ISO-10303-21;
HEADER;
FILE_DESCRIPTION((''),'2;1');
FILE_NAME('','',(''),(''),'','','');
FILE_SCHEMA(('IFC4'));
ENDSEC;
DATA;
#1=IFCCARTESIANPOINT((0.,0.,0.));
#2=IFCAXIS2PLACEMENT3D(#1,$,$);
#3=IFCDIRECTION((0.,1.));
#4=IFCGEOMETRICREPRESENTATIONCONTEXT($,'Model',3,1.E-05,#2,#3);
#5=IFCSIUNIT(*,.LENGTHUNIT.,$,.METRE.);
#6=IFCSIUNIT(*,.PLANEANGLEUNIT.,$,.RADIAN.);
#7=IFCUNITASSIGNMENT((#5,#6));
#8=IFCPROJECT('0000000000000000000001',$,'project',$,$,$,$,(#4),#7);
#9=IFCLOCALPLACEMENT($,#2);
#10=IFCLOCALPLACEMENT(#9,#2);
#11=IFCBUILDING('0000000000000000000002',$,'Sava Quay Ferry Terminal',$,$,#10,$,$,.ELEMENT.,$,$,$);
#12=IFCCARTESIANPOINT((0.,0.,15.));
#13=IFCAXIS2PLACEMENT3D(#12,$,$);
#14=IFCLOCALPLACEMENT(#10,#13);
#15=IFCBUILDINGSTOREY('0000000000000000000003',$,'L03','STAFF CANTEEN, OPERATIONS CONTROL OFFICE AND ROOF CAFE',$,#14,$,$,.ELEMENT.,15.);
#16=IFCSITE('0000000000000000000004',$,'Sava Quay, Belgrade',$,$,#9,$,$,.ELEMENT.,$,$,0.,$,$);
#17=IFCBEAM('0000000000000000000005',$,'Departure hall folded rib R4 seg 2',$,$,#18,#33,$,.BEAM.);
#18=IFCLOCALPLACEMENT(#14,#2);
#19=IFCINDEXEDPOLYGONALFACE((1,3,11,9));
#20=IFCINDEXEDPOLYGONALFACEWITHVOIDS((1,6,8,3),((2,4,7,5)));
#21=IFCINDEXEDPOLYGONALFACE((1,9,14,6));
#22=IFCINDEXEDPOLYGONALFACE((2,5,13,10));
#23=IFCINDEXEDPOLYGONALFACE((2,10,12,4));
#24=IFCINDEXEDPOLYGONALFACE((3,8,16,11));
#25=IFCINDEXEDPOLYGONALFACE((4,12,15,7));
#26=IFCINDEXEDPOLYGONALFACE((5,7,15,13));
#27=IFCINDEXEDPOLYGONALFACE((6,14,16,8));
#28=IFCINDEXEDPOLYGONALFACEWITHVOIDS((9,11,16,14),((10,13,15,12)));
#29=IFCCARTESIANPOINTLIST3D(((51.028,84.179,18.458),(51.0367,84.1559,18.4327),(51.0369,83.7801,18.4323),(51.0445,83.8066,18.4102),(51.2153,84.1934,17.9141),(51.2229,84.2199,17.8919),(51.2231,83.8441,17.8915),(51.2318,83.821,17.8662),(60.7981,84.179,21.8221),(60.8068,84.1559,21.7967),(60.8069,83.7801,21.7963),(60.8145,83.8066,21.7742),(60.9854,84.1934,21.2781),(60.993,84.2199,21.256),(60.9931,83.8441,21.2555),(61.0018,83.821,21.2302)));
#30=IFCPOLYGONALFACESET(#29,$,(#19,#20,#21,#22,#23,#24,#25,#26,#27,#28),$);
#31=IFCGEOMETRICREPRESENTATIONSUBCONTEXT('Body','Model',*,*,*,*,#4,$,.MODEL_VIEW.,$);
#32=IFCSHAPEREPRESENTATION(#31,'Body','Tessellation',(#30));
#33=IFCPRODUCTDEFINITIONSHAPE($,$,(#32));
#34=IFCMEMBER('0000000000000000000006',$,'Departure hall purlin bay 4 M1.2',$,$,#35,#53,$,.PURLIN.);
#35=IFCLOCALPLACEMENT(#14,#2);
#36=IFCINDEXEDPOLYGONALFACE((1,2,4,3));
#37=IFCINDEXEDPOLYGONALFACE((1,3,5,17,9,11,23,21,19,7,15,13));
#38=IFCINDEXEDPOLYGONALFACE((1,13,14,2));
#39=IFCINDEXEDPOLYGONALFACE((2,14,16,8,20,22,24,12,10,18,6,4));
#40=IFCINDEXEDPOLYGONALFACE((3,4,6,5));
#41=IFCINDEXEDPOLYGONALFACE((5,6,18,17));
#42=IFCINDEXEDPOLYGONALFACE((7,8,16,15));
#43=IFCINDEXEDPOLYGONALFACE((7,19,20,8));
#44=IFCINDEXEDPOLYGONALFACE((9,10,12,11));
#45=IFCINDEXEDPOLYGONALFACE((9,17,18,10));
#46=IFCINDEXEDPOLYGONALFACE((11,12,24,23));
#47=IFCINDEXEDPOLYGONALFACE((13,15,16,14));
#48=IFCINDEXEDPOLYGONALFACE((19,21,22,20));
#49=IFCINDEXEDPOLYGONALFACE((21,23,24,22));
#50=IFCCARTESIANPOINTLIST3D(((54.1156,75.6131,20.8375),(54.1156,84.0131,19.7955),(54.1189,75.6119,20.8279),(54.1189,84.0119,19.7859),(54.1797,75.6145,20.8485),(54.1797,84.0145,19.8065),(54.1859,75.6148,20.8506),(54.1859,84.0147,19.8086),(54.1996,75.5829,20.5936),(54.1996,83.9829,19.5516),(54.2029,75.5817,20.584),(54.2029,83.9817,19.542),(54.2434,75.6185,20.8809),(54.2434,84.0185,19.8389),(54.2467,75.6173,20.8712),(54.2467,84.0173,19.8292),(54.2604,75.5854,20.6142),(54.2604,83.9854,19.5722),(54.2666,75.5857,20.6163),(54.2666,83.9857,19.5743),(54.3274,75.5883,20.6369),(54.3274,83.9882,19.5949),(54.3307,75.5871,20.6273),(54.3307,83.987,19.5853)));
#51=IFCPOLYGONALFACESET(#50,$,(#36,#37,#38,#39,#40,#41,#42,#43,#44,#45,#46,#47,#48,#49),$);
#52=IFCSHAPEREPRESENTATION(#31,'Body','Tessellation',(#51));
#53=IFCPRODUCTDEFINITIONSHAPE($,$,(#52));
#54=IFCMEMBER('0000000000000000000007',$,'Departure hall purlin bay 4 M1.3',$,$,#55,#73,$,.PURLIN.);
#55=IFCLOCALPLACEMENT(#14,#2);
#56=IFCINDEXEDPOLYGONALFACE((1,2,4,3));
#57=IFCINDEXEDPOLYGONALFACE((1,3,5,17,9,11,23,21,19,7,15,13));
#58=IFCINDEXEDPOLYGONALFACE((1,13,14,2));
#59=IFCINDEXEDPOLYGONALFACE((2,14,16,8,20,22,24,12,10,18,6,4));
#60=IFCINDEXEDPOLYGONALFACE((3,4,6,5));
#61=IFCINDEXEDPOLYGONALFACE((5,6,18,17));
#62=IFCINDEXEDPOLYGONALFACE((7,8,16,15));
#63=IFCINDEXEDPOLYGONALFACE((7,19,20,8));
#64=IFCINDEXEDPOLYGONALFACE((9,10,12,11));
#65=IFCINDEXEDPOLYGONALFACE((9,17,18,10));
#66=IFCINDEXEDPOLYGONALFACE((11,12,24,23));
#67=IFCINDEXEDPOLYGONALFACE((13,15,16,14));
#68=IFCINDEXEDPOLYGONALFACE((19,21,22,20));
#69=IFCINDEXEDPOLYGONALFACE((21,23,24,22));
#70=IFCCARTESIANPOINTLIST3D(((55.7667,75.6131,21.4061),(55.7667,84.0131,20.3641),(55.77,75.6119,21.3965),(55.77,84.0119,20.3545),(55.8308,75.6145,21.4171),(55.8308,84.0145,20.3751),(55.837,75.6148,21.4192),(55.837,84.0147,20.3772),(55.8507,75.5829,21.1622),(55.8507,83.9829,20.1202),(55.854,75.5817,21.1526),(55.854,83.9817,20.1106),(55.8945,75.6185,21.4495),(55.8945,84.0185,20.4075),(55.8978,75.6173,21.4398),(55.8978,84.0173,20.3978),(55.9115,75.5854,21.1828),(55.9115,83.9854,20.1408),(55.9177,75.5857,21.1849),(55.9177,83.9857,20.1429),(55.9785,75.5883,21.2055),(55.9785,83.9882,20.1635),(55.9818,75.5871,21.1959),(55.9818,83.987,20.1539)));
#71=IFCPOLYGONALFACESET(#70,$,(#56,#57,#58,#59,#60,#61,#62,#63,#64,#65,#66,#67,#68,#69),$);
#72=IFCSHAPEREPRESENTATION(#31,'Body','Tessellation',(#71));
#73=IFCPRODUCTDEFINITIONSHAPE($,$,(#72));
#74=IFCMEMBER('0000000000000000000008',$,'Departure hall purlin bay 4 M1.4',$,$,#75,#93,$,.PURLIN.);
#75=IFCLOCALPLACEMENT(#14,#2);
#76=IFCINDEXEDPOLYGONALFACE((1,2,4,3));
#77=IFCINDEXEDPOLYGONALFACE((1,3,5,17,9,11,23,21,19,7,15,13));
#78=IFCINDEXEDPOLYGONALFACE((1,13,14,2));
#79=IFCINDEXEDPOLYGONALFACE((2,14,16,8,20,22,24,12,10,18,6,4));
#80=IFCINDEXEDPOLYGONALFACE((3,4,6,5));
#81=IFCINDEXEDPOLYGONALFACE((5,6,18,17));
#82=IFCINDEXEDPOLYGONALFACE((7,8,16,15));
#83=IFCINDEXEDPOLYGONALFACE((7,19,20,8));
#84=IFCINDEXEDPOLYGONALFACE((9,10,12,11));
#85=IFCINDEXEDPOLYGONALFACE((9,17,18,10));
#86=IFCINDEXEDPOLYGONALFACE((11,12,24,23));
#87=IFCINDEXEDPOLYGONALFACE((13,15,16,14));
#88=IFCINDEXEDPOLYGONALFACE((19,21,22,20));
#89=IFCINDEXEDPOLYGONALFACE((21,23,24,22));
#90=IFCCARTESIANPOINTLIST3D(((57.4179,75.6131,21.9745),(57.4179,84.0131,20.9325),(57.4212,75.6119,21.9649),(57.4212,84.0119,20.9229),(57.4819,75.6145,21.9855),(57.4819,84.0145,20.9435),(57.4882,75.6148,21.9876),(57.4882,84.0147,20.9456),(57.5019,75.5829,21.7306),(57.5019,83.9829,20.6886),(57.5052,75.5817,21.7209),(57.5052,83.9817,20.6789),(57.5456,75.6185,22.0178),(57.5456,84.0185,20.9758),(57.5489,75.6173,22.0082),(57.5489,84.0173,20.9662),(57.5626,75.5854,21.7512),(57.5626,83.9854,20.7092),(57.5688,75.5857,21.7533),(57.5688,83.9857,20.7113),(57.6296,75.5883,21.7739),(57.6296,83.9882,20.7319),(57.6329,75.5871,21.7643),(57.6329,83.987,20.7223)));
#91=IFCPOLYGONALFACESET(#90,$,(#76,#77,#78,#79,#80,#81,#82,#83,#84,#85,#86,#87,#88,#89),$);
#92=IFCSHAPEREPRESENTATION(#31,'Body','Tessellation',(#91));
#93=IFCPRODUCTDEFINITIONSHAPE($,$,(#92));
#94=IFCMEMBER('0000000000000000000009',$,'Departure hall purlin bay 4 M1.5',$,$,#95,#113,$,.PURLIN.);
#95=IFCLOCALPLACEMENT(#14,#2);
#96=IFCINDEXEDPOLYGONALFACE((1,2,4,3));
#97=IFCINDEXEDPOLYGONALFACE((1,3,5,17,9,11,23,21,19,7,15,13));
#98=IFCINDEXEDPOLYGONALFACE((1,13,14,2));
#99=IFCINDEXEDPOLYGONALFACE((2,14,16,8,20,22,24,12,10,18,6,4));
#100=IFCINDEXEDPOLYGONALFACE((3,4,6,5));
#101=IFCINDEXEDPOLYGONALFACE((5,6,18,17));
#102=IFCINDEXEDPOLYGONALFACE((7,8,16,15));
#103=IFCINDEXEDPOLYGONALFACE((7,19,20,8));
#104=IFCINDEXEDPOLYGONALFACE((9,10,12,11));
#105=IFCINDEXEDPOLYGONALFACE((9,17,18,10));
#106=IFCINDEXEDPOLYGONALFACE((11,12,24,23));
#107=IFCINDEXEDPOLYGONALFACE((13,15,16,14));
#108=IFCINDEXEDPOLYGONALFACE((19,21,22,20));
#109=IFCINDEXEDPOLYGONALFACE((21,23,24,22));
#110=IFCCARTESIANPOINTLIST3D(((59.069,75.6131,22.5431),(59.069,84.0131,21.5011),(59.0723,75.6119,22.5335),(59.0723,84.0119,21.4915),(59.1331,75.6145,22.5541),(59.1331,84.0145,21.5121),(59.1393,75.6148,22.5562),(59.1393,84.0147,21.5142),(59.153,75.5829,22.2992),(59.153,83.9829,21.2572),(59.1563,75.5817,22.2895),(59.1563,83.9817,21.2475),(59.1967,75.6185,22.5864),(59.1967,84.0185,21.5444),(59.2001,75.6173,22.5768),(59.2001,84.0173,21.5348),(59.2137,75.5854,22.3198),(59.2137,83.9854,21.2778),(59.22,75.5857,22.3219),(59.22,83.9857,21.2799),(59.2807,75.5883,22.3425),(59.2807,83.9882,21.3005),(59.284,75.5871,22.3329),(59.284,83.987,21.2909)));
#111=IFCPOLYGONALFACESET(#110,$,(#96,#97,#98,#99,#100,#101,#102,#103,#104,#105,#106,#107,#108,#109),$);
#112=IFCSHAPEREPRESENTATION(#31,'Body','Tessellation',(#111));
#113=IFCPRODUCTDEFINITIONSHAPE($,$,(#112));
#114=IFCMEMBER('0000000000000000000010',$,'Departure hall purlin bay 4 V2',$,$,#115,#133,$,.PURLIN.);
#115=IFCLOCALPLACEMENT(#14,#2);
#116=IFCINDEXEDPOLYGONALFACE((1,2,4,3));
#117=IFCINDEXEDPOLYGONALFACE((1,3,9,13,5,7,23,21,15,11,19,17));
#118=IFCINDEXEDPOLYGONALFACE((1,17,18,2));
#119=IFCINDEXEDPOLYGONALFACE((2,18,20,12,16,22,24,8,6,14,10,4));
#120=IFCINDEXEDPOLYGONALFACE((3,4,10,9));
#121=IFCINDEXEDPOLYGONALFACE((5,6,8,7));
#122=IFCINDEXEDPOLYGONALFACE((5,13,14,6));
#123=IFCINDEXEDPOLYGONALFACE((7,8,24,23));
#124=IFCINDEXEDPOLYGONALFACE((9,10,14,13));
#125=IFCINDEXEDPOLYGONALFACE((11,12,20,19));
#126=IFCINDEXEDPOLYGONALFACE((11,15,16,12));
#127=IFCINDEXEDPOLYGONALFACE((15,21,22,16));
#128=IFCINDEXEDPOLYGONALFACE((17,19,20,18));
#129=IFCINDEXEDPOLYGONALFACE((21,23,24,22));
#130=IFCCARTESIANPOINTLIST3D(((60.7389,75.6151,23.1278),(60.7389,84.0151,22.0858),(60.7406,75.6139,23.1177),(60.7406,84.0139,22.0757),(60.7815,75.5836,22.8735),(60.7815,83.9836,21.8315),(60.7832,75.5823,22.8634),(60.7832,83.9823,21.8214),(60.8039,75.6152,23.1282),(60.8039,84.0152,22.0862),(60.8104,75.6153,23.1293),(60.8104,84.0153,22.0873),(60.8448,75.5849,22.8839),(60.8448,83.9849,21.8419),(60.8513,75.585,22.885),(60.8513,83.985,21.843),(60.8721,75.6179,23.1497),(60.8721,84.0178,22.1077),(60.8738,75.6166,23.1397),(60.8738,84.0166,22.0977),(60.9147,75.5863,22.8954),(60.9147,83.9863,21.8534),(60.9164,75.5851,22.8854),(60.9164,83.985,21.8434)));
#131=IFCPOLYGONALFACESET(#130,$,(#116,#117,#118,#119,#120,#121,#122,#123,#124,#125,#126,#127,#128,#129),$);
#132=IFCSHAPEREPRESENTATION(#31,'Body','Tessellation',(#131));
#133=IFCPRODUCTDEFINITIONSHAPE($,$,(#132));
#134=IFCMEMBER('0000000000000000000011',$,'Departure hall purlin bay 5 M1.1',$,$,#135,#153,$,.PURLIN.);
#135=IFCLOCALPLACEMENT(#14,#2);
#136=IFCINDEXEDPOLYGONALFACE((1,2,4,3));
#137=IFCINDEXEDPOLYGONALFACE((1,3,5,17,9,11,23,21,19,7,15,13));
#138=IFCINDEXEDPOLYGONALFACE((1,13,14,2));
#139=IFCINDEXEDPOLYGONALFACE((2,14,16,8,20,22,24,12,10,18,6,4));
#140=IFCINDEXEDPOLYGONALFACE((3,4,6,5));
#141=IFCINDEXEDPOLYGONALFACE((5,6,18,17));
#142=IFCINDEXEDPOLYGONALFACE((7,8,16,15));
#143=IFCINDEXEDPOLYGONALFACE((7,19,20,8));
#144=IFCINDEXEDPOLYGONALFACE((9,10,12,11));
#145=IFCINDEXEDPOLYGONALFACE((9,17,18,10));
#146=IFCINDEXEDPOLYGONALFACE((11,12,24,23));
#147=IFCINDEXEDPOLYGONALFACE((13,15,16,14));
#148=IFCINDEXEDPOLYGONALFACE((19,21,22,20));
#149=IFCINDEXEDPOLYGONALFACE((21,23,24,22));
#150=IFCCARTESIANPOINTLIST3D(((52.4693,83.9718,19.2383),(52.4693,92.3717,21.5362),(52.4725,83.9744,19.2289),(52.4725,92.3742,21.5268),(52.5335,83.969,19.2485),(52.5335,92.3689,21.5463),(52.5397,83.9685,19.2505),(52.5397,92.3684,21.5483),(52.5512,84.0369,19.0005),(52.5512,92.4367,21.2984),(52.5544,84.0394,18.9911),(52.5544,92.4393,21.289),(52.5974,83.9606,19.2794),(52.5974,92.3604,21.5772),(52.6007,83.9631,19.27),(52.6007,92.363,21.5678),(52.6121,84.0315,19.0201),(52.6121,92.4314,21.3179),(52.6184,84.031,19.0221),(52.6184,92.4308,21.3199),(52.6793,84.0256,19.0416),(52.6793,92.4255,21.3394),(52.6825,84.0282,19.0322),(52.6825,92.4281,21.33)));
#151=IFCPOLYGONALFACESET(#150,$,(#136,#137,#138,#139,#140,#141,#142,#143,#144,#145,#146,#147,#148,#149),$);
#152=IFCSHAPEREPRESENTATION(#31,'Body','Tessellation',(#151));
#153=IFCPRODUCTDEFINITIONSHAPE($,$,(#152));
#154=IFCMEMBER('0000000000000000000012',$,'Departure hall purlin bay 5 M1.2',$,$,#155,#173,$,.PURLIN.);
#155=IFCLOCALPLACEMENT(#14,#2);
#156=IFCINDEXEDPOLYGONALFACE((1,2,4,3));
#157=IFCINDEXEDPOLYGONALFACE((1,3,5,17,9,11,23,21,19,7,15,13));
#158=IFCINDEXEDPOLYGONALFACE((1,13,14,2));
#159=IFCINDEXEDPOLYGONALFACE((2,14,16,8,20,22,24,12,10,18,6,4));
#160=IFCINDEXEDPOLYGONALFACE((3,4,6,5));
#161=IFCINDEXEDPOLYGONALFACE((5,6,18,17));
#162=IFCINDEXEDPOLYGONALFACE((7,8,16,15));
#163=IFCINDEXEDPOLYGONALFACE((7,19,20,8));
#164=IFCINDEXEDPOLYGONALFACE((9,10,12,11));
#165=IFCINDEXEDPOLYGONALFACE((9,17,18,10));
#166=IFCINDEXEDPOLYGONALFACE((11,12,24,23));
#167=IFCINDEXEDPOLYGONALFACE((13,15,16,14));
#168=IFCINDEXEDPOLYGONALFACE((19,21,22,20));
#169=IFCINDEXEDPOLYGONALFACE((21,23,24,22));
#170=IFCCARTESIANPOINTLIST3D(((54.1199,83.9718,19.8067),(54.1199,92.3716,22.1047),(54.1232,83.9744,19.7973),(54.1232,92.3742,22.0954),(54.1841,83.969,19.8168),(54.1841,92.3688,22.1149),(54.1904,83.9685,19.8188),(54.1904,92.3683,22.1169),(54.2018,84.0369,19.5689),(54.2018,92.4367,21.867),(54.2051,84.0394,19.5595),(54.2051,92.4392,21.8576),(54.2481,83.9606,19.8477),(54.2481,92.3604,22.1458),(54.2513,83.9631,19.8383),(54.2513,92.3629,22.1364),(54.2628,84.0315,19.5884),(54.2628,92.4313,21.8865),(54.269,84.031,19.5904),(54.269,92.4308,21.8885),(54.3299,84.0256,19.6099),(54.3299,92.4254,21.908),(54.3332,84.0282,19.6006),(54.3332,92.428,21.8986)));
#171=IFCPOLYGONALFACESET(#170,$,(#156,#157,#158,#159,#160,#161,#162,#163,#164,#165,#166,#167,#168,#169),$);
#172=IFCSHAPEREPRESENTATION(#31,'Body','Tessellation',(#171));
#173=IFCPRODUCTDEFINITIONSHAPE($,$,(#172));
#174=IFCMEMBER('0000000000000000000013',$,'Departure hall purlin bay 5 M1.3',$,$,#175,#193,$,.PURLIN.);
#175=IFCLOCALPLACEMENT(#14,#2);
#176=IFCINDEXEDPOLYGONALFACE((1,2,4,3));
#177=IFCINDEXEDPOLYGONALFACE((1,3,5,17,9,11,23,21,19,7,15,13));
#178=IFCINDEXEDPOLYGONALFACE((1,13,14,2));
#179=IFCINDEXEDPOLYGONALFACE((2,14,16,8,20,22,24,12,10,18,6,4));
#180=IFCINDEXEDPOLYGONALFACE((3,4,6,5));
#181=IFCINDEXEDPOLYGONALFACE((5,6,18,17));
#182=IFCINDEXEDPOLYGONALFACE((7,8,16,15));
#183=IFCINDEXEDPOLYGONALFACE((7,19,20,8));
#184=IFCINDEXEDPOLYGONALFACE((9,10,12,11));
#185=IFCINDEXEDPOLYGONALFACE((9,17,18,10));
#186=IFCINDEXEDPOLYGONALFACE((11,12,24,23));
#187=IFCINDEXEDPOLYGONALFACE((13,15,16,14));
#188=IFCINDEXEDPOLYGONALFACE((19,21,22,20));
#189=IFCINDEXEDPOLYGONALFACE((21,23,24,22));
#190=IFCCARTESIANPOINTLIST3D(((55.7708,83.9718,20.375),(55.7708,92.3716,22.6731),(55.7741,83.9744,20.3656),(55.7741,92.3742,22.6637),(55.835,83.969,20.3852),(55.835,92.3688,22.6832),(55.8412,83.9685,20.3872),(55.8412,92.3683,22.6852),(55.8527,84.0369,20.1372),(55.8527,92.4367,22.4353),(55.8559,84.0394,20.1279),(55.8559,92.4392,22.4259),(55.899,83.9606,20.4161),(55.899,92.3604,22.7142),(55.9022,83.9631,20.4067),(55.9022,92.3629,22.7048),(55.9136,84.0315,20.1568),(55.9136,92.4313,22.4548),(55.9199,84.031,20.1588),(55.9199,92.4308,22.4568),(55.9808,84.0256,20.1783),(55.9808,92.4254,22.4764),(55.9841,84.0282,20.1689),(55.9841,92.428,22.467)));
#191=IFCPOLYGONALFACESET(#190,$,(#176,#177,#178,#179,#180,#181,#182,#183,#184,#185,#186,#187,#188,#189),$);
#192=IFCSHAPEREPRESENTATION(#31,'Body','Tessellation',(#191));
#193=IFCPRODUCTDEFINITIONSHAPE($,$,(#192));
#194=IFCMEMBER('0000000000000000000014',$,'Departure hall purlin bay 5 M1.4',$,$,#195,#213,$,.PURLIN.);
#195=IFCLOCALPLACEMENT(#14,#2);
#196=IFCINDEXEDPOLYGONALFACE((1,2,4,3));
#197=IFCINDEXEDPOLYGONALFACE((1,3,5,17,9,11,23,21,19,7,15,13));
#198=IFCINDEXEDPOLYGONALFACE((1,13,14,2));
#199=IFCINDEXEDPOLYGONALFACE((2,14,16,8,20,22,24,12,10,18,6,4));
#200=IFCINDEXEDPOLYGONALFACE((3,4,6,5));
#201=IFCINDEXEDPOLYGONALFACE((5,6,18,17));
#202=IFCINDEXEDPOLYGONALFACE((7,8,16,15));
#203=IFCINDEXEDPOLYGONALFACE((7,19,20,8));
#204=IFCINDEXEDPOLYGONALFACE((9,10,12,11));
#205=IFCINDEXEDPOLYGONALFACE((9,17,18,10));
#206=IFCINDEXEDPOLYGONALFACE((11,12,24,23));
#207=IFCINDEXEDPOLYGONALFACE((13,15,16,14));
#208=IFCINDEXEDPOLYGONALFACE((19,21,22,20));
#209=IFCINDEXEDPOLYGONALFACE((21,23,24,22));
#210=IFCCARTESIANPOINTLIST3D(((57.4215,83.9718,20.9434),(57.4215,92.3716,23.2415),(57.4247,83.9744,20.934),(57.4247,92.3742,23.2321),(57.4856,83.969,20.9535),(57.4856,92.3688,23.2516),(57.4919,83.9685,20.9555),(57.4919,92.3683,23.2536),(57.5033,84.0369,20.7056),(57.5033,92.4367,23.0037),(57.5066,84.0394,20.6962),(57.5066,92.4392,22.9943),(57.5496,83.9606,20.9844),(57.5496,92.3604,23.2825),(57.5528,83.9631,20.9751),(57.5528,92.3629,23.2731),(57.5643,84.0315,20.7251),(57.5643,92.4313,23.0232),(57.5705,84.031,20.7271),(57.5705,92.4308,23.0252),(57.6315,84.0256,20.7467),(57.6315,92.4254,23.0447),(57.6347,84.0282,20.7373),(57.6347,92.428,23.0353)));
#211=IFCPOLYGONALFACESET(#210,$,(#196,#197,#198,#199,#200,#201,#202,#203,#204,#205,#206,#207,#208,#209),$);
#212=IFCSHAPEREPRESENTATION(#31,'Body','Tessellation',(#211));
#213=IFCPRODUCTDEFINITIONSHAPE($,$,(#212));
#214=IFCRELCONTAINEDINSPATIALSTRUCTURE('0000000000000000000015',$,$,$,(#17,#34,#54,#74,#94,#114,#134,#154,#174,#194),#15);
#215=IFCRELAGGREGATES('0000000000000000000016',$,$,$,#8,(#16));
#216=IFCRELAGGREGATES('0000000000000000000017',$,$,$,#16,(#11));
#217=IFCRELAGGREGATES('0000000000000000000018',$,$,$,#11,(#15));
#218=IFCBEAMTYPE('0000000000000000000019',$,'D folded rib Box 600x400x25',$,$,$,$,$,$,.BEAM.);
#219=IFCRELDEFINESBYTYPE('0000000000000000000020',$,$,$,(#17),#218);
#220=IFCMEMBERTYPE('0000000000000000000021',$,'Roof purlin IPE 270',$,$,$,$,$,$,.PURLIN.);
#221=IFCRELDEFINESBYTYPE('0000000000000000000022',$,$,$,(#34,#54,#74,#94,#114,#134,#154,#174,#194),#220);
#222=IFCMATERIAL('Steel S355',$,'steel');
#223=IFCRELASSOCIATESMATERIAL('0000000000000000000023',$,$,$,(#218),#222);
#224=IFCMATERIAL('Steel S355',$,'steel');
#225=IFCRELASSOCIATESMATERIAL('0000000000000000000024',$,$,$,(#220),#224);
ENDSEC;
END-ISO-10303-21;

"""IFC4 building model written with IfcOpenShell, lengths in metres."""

from ifc_helpers import new_model, si_unit, direction, frame, origin, origin_2d, place, context, subcontext, project, spatial, polyline, i_section, outline, extrude, material, material_profile, profile_set, type_object, element, save


model = new_model("IFC4")

# Units and contexts
model_context = context("Model", 3, precision=1e-05, world=origin(), true_north=direction((0.0, 1.0)))
body_context = subcontext(model_context, "Body", "Model", "MODEL_VIEW")
ifc_project = project(units=[si_unit("LENGTHUNIT", "METRE"), si_unit("PLANEANGLEUNIT", "RADIAN")], contexts=[model_context])

# Site, building, storey
site_placement = place(None, origin())
site = spatial("IfcSite", under=ifc_project, at=site_placement, Name="Sava Quay, Belgrade", CompositionType="ELEMENT", RefElevation=0.0)
building_placement = place(site_placement, origin())
building = spatial("IfcBuilding", under=site, at=building_placement, Name="Sava Quay Ferry Terminal", CompositionType="ELEMENT")
storey_placement = place(building_placement, frame((0.0, 0.0, 15.0)))
storey = spatial("IfcBuildingStorey", under=building, at=storey_placement, Name="L03", Description="STAFF CANTEEN, OPERATIONS CONTROL OFFICE AND ROOF CAFE", CompositionType="ELEMENT", Elevation=15.0)

# Beam
ifc_material_1 = material(Name="Steel S355", Category="steel")
ifc_material_profile_1 = material_profile(ifc_material_1, outline(polyline([(-0.2, -0.3), (0.2, -0.3), (0.2, 0.3), (-0.2, 0.3), (-0.2, -0.3)]), holes=[polyline([(-0.175, -0.2749), (-0.175, 0.2749), (0.175, 0.2749), (0.175, -0.2749), (-0.175, -0.2749)])]), Name="Box 600x400x25 built-up")
ifc_profile_set_1 = profile_set([ifc_material_profile_1], Name="Steel S355")
beam_type = type_object("IfcBeamType", Name="D folded rib Box 600x400x25", PredefinedType="BEAM", material=ifc_profile_set_1)
beam_placement = place(storey_placement, frame((51.1299, 84.0, 18.1621), z_axis=(0.945521, 0.0, 0.325562), x_axis=(-0.02218, 0.997677, 0.064417)))
element("IfcBeam", 1, at=beam_placement, inside=storey, type_object=beam_type, Name="Departure hall folded rib R4 seg 2", PredefinedType="BEAM", context=body_context, shape_type="SweptSolid", body=[
    extrude(outline(polyline([(-0.2, -0.3), (0.2, -0.3), (0.2, 0.3), (-0.2, 0.3), (-0.2, -0.3)]), holes=[polyline([(-0.175, -0.2749), (-0.175, 0.2749), (0.175, 0.2749), (0.175, -0.2749), (-0.175, -0.2749)])]), origin(), (0.0, 0.0, 1.0), 10.333),
])

# Members
ifc_material_2 = material(Name="Steel S355", Category="steel")
ifc_material_profile_2 = material_profile(ifc_material_2, i_section(OverallWidth=0.135, OverallDepth=0.27, WebThickness=0.0066, FlangeThickness=0.0103, at=origin_2d()), Name="IPE 270")
ifc_profile_set_2 = profile_set([ifc_material_profile_2], Name="Steel S355")
member_type_1 = type_object("IfcMemberType", Name="Roof purlin IPE 270", PredefinedType="PURLIN", material=ifc_profile_set_2)
for number, where, z_axis, x_axis, name in (
    (2, (54.2231, 75.6001, 20.7324), (0.0, 0.992394, -0.123105), (-0.946279, -0.039806, -0.320892), "Departure hall purlin bay 4 M1.2"),
    (3, (55.8743, 75.6001, 21.301), (0.0, 0.992394, -0.123105), (-0.946279, -0.039806, -0.320892), "Departure hall purlin bay 4 M1.3"),
    (4, (57.5254, 75.6001, 21.8694), (0.0, 0.992394, -0.123105), (-0.946279, -0.039806, -0.320892), "Departure hall purlin bay 4 M1.4"),
    (5, (59.1765, 75.6001, 22.438), (0.0, 0.992394, -0.123105), (-0.946279, -0.039806, -0.320892), "Departure hall purlin bay 4 M1.5"),
    (6, (60.8276, 75.6001, 23.0066), (0.0, 0.992394, -0.123105), (-0.986478, -0.020176, -0.162645), "Departure hall purlin bay 4 V2"),
):
    element("IfcMember", number, at=place(storey_placement, frame(where, z_axis=z_axis, x_axis=x_axis)), inside=storey, type_object=member_type_1, Name=name, PredefinedType="PURLIN", context=body_context, shape_type="SweptSolid", body=[
        extrude(i_section(OverallWidth=0.135, OverallDepth=0.27, WebThickness=0.0066, FlangeThickness=0.0103, at=origin_2d()), origin(), (0.0, 0.0, 1.0), 8.4644),
    ])
for number, where, z_axis, x_axis, name in (
    (7, (52.5759, 84.0, 19.1353), (0.0, 0.96456, 0.263862), (-0.949027, 0.083168, -0.304024), "Departure hall purlin bay 5 M1.1"),
    (8, (54.2266, 84.0, 19.7036), (0.0, 0.964553, 0.263888), (-0.949027, 0.083176, -0.304022), "Departure hall purlin bay 5 M1.2"),
    (9, (55.8774, 84.0, 20.272), (0.0, 0.964553, 0.263888), (-0.949027, 0.083176, -0.304022), "Departure hall purlin bay 5 M1.3"),
    (10, (57.5281, 84.0, 20.8403), (0.0, 0.964553, 0.263888), (-0.949027, 0.083176, -0.304022), "Departure hall purlin bay 5 M1.4"),
):
    element("IfcMember", number, at=place(storey_placement, frame(where, z_axis=z_axis, x_axis=x_axis)), inside=storey, type_object=member_type_1, Name=name, PredefinedType="PURLIN", context=body_context, shape_type="SweptSolid", body=[
        extrude(i_section(OverallWidth=0.135, OverallDepth=0.27, WebThickness=0.0066, FlangeThickness=0.0103, at=origin_2d()), origin(), (0.0, 0.0, 1.0), 8.7085),
    ])

save(model, "model.ifc")
